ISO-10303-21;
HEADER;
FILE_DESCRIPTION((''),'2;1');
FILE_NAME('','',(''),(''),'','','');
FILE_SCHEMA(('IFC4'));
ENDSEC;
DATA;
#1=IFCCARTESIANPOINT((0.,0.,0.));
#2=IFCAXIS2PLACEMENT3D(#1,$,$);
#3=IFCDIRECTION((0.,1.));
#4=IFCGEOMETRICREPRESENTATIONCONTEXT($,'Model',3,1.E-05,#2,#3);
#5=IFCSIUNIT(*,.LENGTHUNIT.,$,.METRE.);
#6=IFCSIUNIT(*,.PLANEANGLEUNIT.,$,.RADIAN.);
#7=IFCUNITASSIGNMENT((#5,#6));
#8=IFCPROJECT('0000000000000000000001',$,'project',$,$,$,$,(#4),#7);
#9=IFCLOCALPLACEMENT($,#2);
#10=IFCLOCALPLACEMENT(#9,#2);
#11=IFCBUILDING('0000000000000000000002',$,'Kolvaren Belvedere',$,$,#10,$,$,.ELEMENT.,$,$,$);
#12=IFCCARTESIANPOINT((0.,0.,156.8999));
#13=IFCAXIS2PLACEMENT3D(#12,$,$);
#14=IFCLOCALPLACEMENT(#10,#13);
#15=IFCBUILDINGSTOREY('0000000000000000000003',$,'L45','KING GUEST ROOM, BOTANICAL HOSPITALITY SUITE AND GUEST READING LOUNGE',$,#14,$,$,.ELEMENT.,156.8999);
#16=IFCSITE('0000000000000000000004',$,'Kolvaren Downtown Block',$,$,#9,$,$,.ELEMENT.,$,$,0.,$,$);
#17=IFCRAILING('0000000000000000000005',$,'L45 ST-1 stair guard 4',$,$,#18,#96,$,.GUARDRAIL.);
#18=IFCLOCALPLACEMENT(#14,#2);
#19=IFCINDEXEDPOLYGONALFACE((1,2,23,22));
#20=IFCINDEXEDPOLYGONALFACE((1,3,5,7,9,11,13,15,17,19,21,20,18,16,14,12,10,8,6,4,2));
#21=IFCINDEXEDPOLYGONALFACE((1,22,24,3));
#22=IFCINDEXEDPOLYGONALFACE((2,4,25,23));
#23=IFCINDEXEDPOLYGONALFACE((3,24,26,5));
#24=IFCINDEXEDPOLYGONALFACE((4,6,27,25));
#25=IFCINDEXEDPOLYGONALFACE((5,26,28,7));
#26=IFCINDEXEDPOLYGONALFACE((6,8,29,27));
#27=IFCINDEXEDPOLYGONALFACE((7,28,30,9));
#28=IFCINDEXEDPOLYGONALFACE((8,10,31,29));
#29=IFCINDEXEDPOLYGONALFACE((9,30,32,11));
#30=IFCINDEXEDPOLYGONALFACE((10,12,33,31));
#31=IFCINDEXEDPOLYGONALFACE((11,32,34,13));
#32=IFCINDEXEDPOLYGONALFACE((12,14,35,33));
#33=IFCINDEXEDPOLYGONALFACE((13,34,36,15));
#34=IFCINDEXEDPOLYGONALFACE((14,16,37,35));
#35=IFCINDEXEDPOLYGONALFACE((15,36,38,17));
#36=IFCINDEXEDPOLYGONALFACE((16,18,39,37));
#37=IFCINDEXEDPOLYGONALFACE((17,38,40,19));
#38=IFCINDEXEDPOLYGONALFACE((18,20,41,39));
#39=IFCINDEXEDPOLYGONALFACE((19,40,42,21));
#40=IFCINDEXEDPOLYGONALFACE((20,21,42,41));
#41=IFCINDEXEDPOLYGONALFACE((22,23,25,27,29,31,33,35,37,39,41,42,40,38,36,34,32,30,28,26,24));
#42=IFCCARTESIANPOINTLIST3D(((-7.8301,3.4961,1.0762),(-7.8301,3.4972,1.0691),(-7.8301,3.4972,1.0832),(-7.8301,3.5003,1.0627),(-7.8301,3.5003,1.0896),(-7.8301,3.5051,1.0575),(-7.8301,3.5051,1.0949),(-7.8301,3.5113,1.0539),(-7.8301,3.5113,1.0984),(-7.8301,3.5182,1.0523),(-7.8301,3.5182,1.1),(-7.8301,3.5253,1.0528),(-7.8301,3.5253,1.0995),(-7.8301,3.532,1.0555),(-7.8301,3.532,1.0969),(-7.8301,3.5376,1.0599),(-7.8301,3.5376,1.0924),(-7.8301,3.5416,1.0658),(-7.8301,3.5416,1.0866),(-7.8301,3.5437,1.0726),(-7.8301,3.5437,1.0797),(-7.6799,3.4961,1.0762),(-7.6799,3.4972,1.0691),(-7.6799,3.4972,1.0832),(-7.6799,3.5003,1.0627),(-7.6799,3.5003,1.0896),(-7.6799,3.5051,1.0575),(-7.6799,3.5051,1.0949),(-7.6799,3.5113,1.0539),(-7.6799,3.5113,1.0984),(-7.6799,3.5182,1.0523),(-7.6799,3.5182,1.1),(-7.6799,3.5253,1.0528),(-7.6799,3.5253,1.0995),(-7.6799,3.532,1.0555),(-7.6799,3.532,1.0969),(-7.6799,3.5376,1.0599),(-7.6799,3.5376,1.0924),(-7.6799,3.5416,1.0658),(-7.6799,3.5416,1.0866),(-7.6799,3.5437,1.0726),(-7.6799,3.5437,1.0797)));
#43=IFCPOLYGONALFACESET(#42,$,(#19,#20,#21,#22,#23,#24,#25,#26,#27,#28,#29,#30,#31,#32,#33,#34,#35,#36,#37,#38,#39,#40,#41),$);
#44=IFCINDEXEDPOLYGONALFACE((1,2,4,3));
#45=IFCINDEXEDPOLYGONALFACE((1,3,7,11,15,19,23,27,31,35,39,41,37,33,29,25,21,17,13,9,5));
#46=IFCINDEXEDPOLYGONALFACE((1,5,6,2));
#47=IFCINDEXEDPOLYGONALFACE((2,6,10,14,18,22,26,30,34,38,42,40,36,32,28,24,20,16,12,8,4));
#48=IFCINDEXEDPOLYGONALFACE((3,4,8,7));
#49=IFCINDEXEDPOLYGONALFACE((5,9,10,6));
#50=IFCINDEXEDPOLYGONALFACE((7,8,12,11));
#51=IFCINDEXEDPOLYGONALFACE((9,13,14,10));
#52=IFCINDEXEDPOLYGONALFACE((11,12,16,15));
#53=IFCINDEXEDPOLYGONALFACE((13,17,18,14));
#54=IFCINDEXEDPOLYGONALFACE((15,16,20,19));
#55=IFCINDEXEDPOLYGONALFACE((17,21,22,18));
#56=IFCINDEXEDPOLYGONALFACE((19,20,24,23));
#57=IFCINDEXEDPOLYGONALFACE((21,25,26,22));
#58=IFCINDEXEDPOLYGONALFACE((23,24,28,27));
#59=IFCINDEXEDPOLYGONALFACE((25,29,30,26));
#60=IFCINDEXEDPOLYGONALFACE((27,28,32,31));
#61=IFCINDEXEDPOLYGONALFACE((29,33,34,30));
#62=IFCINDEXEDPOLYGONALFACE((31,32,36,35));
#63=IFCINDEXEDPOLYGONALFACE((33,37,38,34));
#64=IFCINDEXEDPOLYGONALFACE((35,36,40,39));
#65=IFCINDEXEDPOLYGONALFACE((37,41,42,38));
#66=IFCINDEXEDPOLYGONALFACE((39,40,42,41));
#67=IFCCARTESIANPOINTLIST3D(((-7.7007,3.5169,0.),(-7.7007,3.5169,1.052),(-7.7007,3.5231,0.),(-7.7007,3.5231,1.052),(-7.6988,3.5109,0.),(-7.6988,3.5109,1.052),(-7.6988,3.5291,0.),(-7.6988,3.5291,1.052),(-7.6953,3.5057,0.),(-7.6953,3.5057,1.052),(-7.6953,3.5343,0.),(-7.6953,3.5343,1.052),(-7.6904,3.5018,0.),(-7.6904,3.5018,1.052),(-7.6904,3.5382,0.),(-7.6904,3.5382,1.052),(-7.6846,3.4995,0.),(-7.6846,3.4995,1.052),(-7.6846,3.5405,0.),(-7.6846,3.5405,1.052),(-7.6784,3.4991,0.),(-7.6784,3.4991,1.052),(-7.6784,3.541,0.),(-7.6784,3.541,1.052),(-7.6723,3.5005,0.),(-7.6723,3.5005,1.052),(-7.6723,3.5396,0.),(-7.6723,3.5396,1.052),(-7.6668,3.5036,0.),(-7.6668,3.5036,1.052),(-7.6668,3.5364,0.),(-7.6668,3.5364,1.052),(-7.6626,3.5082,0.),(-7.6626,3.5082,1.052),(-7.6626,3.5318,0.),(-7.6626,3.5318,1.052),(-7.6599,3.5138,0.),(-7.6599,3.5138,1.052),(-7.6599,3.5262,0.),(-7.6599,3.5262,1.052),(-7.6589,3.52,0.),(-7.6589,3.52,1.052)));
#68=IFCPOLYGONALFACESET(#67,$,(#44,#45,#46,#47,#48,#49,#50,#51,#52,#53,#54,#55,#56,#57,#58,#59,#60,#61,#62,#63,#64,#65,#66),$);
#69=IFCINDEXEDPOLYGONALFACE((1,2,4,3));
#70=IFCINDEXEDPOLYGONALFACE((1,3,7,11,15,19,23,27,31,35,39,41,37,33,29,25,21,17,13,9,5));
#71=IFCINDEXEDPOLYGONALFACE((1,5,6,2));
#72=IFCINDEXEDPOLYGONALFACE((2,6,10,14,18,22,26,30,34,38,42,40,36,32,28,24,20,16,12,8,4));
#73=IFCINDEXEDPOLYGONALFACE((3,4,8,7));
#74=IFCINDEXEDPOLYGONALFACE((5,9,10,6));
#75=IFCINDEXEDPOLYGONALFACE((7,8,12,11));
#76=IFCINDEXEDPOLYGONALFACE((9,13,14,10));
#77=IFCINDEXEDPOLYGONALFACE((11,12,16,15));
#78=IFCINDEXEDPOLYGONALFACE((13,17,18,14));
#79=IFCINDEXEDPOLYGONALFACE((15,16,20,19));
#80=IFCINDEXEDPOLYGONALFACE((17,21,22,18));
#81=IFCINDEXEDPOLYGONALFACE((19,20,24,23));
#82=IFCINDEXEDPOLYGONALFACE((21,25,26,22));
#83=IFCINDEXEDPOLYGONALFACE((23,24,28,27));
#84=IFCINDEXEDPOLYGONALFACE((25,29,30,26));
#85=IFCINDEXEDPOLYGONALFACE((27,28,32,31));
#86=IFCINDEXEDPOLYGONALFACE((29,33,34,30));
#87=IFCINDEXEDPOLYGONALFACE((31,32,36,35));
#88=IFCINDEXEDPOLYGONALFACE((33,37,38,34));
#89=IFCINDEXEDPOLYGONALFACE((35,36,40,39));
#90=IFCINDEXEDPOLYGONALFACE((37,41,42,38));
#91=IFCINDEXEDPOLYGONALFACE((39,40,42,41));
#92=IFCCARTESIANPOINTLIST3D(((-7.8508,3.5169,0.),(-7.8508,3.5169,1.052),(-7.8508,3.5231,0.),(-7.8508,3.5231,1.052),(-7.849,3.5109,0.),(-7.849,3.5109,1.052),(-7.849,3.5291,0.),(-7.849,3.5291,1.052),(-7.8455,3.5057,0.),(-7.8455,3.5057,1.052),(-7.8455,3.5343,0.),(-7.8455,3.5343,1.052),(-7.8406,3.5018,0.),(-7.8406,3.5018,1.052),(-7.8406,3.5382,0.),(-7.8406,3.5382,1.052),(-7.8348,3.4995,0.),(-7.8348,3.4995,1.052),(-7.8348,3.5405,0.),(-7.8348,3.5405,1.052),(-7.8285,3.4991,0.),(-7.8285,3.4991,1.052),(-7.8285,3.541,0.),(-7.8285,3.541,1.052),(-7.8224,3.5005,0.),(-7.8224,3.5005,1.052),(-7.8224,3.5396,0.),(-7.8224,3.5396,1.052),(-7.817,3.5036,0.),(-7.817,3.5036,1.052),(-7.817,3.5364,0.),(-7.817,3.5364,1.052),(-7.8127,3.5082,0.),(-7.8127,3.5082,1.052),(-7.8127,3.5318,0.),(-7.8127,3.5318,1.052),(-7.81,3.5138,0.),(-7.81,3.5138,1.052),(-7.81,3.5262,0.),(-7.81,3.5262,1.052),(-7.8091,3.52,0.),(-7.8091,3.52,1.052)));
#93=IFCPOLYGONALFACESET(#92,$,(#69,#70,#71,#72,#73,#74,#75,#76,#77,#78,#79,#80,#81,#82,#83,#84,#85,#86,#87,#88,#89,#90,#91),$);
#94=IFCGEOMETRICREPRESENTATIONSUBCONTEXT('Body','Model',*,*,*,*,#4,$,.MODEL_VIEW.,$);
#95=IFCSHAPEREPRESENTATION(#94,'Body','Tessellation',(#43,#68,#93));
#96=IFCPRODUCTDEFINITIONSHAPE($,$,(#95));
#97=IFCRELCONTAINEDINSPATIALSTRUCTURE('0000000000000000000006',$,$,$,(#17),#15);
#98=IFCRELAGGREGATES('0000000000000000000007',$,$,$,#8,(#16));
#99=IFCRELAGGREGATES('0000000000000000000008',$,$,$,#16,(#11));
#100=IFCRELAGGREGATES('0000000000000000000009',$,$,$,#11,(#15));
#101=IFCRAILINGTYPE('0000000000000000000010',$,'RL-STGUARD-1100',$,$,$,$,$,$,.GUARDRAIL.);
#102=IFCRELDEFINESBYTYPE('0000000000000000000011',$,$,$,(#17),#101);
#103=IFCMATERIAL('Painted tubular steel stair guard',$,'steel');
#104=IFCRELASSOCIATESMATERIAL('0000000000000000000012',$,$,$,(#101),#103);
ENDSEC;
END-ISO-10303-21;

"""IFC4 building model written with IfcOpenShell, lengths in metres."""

from ifc_helpers import new_model, si_unit, direction, frame, origin, origin_2d, place, context, subcontext, project, spatial, circle, extrude, material, type_object, element, save


model = new_model("IFC4")

# Units and contexts
model_context = context("Model", 3, precision=1e-05, world=origin(), true_north=direction((0.0, 1.0)))
body_context = subcontext(model_context, "Body", "Model", "MODEL_VIEW")
ifc_project = project(units=[si_unit("LENGTHUNIT", "METRE"), si_unit("PLANEANGLEUNIT", "RADIAN")], contexts=[model_context])

# Site, building, storey
site_placement = place(None, origin())
site = spatial("IfcSite", under=ifc_project, at=site_placement, Name="Kolvaren Downtown Block", CompositionType="ELEMENT", RefElevation=0.0)
building_placement = place(site_placement, origin())
building = spatial("IfcBuilding", under=site, at=building_placement, Name="Kolvaren Belvedere", CompositionType="ELEMENT")
storey_placement = place(building_placement, frame((0.0, 0.0, 156.8999)))
storey = spatial("IfcBuildingStorey", under=building, at=storey_placement, Name="L45", Description="KING GUEST ROOM, BOTANICAL HOSPITALITY SUITE AND GUEST READING LOUNGE", CompositionType="ELEMENT", Elevation=156.8999)

# Railing
ifc_material_1 = material(Name="Painted tubular steel stair guard", Category="steel")
railing_type_1 = type_object("IfcRailingType", Name="RL-STGUARD-1100", PredefinedType="GUARDRAIL", material=ifc_material_1)
railing_1_placement = place(storey_placement, frame((-7.6799, 3.52, 0.0)))
element("IfcRailing", 1, at=railing_1_placement, inside=storey, type_object=railing_type_1, Name="L45 ST-1 stair guard 4", PredefinedType="GUARDRAIL", context=body_context, shape_type="SweptSolid", body=[
    extrude(circle(Radius=0.0239, at=origin_2d()), frame((0.0, 0.0, 1.0762), z_axis=(-1.0, 0.0, 0.0), x_axis=(0.0, -1.0, 0.0)), (0.0, 0.0, 1.0), 0.1501),
    extrude(circle(Radius=0.021, at=origin_2d()), origin(), (0.0, 0.0, 1.0), 1.052),
    extrude(circle(Radius=0.021, at=origin_2d()), frame((-0.1501, 0.0, 0.0)), (0.0, 0.0, 1.0), 1.052),
])

save(model, "model.ifc")
